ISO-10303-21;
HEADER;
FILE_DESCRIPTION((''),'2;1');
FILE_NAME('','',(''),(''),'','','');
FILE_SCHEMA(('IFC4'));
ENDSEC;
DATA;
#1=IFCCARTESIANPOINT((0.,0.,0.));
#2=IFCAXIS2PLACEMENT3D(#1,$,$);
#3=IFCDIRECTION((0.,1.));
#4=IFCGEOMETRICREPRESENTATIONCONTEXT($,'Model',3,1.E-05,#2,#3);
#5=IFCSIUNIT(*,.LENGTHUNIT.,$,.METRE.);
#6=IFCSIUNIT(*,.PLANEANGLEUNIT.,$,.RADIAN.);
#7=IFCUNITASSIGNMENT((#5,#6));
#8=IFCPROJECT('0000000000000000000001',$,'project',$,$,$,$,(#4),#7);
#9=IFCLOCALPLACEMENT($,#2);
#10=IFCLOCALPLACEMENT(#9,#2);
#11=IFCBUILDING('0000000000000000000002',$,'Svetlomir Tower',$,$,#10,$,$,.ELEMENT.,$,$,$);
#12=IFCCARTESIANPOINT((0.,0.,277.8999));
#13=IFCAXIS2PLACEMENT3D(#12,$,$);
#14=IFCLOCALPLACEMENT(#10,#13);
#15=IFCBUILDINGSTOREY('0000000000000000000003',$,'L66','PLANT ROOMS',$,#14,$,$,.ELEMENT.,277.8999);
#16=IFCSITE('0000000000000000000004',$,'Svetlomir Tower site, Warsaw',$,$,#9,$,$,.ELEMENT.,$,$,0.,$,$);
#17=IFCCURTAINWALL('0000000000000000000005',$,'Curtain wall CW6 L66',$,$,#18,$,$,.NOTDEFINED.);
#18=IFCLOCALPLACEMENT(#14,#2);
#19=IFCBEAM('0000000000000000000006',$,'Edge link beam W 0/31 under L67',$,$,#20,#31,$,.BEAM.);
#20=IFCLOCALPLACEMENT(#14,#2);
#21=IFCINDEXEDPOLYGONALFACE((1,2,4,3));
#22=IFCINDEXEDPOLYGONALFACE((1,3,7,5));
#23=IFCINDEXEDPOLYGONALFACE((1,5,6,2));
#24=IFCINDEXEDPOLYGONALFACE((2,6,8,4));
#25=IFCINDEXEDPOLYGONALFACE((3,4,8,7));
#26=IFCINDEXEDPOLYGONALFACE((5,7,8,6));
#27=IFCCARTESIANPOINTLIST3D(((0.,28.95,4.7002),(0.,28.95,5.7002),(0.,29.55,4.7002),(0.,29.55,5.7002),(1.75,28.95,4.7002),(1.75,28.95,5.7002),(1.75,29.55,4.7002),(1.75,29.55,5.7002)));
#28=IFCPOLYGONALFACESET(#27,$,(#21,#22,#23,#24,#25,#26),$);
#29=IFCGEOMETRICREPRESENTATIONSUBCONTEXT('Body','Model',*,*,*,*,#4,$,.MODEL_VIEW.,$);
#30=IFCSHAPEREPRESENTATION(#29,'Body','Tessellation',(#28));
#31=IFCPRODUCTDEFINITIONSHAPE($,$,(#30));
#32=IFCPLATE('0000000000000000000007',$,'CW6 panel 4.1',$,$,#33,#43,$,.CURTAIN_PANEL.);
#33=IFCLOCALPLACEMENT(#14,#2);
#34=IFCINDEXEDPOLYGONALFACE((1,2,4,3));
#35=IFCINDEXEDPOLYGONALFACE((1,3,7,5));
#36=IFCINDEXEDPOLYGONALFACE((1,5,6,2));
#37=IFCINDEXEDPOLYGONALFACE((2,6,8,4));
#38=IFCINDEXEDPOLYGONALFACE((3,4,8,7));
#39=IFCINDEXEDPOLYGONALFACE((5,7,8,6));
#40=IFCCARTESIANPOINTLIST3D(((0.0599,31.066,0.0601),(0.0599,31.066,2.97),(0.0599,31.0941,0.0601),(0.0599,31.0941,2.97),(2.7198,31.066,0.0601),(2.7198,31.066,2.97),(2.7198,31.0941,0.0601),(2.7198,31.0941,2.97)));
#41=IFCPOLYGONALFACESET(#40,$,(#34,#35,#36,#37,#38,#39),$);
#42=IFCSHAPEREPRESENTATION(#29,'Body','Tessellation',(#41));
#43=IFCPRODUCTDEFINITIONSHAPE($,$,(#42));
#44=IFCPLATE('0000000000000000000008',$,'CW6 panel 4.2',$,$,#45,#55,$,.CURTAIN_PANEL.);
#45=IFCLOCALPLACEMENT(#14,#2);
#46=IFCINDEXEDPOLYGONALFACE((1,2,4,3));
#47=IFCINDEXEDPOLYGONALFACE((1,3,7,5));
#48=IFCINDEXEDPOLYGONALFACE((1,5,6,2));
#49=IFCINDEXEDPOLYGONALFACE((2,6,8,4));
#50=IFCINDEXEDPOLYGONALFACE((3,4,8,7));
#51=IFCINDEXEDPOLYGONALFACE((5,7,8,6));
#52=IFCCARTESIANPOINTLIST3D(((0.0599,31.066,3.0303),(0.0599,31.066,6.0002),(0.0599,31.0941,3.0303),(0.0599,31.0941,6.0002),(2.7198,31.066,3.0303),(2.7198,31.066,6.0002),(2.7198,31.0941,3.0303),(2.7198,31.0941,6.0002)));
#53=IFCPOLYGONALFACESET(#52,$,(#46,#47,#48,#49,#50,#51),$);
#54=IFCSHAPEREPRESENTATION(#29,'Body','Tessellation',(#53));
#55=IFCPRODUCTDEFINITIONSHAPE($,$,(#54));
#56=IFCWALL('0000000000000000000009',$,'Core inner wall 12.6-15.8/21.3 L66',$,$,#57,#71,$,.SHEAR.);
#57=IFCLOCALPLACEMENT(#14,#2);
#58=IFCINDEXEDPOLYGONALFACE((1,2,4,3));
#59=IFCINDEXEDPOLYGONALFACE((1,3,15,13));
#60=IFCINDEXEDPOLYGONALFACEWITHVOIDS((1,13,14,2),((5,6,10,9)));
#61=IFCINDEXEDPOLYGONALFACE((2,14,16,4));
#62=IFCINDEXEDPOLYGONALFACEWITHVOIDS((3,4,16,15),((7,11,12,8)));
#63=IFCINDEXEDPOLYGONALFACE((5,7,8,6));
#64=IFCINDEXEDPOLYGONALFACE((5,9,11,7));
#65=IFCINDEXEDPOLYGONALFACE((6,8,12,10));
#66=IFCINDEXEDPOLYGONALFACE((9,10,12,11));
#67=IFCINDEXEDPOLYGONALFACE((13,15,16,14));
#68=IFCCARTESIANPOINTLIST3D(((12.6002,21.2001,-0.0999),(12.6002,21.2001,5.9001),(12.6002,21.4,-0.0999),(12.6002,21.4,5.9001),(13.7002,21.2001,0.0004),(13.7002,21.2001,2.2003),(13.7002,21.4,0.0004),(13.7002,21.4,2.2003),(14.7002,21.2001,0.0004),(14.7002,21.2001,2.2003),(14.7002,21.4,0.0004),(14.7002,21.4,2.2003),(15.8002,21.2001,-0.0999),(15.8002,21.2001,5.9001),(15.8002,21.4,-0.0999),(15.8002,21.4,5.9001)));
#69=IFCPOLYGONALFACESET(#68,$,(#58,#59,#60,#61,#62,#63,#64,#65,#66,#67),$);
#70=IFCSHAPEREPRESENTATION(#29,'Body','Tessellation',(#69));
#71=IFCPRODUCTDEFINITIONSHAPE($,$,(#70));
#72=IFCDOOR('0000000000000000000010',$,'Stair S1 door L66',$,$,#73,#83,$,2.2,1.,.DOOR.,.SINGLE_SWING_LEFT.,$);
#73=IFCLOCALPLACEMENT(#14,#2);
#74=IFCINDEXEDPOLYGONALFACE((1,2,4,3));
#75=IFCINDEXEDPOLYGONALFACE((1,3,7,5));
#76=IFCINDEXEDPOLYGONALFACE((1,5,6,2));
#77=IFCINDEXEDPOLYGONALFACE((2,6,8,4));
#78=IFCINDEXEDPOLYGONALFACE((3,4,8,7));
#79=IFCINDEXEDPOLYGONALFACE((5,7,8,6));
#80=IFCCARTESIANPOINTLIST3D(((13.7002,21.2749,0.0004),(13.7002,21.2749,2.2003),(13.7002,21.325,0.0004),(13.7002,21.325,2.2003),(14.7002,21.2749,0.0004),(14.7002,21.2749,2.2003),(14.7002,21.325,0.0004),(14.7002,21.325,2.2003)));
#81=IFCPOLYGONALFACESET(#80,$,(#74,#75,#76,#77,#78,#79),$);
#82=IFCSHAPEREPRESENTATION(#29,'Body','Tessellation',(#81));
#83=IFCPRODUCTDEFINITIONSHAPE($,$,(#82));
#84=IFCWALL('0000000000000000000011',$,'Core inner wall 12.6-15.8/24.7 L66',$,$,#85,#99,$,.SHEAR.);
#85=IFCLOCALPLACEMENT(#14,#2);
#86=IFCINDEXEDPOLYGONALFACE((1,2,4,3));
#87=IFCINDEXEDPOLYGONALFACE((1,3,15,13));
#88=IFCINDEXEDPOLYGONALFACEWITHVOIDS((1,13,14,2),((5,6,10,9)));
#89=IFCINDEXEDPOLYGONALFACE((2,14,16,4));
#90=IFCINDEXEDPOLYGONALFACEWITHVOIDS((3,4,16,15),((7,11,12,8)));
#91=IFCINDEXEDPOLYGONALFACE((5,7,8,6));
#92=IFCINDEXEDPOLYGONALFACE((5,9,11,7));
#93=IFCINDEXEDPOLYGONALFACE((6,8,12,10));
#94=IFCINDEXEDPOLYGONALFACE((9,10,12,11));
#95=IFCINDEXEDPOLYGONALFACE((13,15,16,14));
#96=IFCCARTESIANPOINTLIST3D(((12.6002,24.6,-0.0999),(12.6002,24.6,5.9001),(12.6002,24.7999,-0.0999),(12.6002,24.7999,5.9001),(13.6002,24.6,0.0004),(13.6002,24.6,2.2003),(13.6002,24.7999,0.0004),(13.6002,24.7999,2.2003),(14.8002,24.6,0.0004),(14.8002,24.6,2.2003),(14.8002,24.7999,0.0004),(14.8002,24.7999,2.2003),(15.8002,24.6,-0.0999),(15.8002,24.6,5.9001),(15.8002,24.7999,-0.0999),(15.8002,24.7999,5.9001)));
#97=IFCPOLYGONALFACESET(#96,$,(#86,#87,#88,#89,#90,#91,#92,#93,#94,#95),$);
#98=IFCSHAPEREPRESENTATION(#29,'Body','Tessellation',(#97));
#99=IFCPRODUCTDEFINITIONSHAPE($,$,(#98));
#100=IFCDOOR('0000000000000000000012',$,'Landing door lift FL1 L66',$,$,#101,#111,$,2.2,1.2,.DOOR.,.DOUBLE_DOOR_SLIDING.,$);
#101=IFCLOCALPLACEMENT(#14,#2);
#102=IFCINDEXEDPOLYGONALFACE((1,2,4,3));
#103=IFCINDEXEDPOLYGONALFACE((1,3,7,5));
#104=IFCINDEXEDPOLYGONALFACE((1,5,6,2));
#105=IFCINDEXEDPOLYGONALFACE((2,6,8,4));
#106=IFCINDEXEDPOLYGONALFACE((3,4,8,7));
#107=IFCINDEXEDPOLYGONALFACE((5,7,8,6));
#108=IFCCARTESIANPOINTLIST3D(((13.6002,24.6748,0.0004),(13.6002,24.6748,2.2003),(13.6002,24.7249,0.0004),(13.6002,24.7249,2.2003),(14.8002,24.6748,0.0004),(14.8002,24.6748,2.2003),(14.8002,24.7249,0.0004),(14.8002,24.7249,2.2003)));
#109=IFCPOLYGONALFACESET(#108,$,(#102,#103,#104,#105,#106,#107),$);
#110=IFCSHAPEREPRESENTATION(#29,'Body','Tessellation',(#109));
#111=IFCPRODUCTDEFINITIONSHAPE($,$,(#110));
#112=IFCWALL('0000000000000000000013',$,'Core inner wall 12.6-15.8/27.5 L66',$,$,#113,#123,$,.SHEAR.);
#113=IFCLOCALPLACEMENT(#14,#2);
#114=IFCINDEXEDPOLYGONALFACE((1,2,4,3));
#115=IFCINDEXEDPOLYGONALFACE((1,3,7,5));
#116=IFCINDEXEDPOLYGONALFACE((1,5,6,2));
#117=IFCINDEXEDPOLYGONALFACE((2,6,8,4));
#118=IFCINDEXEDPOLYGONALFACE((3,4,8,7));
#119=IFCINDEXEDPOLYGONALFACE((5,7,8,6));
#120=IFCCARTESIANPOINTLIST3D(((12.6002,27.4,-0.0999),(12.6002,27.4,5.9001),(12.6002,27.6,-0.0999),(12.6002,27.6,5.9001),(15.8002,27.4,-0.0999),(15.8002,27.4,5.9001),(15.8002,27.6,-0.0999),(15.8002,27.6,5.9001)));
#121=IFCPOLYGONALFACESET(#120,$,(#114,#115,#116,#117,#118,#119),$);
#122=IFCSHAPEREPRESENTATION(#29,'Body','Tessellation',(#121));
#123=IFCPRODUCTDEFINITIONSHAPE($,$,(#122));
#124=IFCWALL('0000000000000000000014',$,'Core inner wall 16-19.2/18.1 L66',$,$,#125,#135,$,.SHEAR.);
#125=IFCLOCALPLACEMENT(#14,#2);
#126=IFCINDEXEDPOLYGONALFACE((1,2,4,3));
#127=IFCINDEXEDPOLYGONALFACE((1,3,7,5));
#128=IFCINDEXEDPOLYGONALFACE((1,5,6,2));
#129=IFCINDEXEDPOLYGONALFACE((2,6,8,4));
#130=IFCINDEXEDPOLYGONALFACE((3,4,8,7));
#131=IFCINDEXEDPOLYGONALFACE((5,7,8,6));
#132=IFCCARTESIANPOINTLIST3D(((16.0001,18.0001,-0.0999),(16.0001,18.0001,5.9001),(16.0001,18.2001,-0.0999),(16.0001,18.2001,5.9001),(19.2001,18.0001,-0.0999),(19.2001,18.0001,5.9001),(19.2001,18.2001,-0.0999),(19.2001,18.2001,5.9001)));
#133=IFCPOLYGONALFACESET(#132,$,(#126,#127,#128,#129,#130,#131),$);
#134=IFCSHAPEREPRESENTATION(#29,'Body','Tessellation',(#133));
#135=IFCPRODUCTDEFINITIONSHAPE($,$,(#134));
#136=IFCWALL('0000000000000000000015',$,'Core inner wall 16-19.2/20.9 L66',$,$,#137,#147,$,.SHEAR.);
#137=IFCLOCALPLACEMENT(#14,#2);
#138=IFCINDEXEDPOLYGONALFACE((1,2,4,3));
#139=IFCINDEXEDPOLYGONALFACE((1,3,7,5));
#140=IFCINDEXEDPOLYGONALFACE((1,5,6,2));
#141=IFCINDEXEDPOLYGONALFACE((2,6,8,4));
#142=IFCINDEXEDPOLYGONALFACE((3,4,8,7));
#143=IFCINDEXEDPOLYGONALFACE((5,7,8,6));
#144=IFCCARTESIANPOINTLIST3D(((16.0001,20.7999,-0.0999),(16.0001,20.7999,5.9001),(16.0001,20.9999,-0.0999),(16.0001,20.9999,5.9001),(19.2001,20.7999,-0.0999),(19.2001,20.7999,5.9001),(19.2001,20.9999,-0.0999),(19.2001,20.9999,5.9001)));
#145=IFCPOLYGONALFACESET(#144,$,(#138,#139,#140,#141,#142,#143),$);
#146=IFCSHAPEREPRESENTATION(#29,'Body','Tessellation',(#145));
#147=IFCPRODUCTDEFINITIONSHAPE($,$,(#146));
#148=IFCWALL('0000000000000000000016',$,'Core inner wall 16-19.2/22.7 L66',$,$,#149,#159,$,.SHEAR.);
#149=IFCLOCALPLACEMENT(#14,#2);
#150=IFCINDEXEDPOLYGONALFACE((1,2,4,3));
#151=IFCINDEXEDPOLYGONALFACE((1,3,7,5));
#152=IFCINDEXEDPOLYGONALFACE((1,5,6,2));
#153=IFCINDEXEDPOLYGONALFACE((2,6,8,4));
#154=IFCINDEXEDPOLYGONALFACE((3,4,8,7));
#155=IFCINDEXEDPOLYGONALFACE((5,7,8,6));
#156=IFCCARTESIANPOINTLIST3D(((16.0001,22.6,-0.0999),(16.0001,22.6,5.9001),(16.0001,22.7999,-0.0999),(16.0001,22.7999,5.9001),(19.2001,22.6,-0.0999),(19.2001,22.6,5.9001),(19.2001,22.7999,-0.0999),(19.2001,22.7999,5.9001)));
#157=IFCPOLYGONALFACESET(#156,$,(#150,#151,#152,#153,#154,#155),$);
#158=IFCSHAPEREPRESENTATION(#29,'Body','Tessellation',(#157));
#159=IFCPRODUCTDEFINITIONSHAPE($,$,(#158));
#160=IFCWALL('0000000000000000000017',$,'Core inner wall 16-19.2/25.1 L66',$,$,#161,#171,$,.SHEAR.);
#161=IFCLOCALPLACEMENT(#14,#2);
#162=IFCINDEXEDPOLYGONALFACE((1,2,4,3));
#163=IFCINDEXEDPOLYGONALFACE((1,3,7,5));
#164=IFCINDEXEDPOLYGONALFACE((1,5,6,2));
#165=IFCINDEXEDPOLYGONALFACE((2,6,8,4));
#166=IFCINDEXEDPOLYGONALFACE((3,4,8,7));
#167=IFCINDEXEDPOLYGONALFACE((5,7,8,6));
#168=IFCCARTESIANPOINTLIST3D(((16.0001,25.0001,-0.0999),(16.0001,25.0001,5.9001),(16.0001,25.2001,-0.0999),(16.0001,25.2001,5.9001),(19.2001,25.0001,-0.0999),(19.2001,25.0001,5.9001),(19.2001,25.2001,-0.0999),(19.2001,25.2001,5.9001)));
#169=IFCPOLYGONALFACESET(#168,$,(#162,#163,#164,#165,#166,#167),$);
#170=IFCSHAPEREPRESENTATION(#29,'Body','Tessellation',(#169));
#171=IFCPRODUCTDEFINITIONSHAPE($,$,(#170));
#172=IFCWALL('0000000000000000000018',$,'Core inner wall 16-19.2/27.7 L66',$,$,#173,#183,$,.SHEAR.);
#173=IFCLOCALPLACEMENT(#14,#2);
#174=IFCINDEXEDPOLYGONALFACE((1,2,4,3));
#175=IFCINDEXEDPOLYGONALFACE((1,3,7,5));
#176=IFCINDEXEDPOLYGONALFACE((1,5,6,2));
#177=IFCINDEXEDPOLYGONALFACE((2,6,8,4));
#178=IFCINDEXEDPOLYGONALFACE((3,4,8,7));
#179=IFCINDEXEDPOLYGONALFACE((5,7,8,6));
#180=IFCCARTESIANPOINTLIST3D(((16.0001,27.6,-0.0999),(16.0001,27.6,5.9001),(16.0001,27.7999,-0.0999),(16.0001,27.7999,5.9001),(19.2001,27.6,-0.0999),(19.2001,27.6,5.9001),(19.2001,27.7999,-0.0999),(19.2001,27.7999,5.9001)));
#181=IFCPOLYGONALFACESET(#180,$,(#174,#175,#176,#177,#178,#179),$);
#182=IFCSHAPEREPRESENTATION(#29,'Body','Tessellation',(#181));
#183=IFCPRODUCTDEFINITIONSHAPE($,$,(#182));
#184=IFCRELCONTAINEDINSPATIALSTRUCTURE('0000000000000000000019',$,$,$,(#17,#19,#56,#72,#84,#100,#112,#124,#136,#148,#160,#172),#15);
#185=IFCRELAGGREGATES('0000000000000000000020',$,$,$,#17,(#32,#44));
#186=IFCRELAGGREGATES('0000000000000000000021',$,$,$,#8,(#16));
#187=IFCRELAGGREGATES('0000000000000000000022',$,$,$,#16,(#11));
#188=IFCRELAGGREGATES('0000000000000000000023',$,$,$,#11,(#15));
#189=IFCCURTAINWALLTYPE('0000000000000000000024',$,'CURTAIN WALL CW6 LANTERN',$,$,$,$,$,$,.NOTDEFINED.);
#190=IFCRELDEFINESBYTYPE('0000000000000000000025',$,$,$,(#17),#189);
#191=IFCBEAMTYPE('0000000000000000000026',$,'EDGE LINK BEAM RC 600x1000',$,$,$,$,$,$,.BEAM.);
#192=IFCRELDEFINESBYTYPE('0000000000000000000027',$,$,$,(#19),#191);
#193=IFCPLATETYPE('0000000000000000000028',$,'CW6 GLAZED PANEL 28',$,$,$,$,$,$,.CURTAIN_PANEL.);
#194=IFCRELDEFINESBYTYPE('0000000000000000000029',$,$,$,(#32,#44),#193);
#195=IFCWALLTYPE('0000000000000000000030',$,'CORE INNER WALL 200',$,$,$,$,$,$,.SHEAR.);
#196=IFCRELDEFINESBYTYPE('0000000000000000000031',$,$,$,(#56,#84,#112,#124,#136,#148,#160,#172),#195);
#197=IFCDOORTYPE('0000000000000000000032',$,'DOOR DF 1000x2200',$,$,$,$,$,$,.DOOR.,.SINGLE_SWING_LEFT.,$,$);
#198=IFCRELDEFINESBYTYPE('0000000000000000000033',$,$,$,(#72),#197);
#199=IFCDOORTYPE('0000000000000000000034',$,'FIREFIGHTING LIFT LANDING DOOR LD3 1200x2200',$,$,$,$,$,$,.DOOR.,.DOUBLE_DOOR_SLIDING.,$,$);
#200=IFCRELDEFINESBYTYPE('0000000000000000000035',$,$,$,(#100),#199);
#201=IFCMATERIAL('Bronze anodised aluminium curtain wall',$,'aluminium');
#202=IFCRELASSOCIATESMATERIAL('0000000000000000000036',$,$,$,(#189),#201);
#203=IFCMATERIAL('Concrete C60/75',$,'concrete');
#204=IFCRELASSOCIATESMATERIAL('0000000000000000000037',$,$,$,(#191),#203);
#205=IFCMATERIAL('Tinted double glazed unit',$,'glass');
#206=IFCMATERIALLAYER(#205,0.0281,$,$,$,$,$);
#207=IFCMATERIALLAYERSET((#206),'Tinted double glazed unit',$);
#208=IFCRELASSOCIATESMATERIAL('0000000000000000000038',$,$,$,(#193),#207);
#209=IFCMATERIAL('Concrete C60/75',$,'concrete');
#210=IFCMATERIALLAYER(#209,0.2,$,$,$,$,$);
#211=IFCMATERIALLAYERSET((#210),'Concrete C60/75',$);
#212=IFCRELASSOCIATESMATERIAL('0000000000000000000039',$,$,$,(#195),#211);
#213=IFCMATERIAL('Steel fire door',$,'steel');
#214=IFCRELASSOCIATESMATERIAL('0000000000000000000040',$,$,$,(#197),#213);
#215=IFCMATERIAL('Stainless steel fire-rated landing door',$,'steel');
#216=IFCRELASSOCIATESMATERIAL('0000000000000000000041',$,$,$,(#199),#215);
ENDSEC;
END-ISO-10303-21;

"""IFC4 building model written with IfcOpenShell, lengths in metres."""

from ifc_helpers import new_model, si_unit, direction, frame, frame_2d, origin, origin_2d, place, context, subcontext, project, spatial, rectangle, extrude, material, layer, layer_set, material_profile, profile_set, type_object, element, fill, aggregate, save


model = new_model("IFC4")

# Units and contexts
model_context = context("Model", 3, precision=1e-05, world=origin(), true_north=direction((0.0, 1.0)))
body_context = subcontext(model_context, "Body", "Model", "MODEL_VIEW")
ifc_project = project(units=[si_unit("LENGTHUNIT", "METRE"), si_unit("PLANEANGLEUNIT", "RADIAN")], contexts=[model_context])

# Site, building, storey
site_placement = place(None, origin())
site = spatial("IfcSite", under=ifc_project, at=site_placement, Name="Svetlomir Tower site, Warsaw", CompositionType="ELEMENT", RefElevation=0.0)
building_placement = place(site_placement, origin())
building = spatial("IfcBuilding", under=site, at=building_placement, Name="Svetlomir Tower", CompositionType="ELEMENT")
storey_placement = place(building_placement, frame((0.0, 0.0, 277.8999)))
storey = spatial("IfcBuildingStorey", under=building, at=storey_placement, Name="L66", Description="PLANT ROOMS", CompositionType="ELEMENT", Elevation=277.8999)

# Curtain wall
ifc_material_1 = material(Name="Bronze anodised aluminium curtain wall", Category="aluminium")
curtain_wall_type = type_object("IfcCurtainWallType", Name="CURTAIN WALL CW6 LANTERN", PredefinedType="NOTDEFINED", material=ifc_material_1)
curtain_wall_1_placement = place(storey_placement, origin())
curtain_wall_1 = element("IfcCurtainWall", 1, at=curtain_wall_1_placement, inside=storey, type_object=curtain_wall_type, Name="Curtain wall CW6 L66", PredefinedType="NOTDEFINED")

# Beam
ifc_material_2 = material(Name="Concrete C60/75", Category="concrete")
ifc_material_profile_1 = material_profile(ifc_material_2, rectangle(XDim=0.6001, YDim=1.0, at=origin_2d()), Name="RC 600x1000")
ifc_profile_set_1 = profile_set([ifc_material_profile_1], Name="Concrete C60/75")
beam_type_1 = type_object("IfcBeamType", Name="EDGE LINK BEAM RC 600x1000", PredefinedType="BEAM", material=ifc_profile_set_1)
beam_1_placement = place(storey_placement, frame((1.75, 29.25, 5.2002), z_axis=(-1.0, 0.0, 0.0), x_axis=(0.0, -1.0, 0.0)))
element("IfcBeam", 2, at=beam_1_placement, inside=storey, type_object=beam_type_1, Name="Edge link beam W 0/31 under L67", PredefinedType="BEAM", context=body_context, shape_type="SweptSolid", body=[
    extrude(rectangle(XDim=0.6001, YDim=1.0, at=origin_2d()), origin(), (0.0, 0.0, 1.0), 1.75),
])

# Plates
ifc_material_3 = material(Name="Tinted double glazed unit", Category="glass")
ifc_layer_1 = layer(ifc_material_3, 0.0281)
ifc_layer_set_1 = layer_set([ifc_layer_1], Name="Tinted double glazed unit")
plate_type = type_object("IfcPlateType", Name="CW6 GLAZED PANEL 28", PredefinedType="CURTAIN_PANEL", material=ifc_layer_set_1)
plate_1_placement = place(storey_placement, frame((1.3899, 31.0801, 0.0601), z_axis=(0.0, 0.0, 1.0), x_axis=(-1.0, 0.0, 0.0)))
plate_1 = element("IfcPlate", 3, at=plate_1_placement, type_object=plate_type, Name="CW6 panel 4.1", PredefinedType="CURTAIN_PANEL", context=body_context, shape_type="SweptSolid", body=[
    extrude(rectangle(XDim=2.6599, YDim=0.0281, at=origin_2d()), origin(), (0.0, 0.0, 1.0), 2.9099),
])
plate_2_placement = place(storey_placement, frame((1.3899, 31.0801, 3.0303), z_axis=(0.0, 0.0, 1.0), x_axis=(-1.0, 0.0, 0.0)))
plate_2 = element("IfcPlate", 4, at=plate_2_placement, type_object=plate_type, Name="CW6 panel 4.2", PredefinedType="CURTAIN_PANEL", context=body_context, shape_type="SweptSolid", body=[
    extrude(rectangle(XDim=2.6599, YDim=0.0281, at=origin_2d()), origin(), (0.0, 0.0, 1.0), 2.97),
])
aggregate(curtain_wall_1, [plate_1, plate_2])

# Walls, openings, doors
ifc_material_4 = material(Name="Concrete C60/75", Category="concrete")
ifc_layer_2 = layer(ifc_material_4, 0.2)
ifc_layer_set_2 = layer_set([ifc_layer_2], Name="Concrete C60/75")
wall_type_1 = type_object("IfcWallType", Name="CORE INNER WALL 200", PredefinedType="SHEAR", material=ifc_layer_set_2)
wall_1_placement = place(storey_placement, frame((12.6001, 21.3, -0.0999), z_axis=(0.0, 0.0, 1.0), x_axis=(1.0, 0.0, 0.0)))
wall_1 = element("IfcWall", 5, at=wall_1_placement, inside=storey, type_object=wall_type_1, Name="Core inner wall 12.6-15.8/21.3 L66", PredefinedType="SHEAR", context=body_context, shape_type="SweptSolid", body=[
    extrude(rectangle(XDim=3.2, YDim=0.2, at=frame_2d((1.6001, 0.0))), origin(), (0.0, 0.0, 1.0), 6.0),
])
opening_1_placement = place(wall_1_placement, frame((1.1001, 0.0, 0.1001)))
opening_1 = element("IfcOpeningElement", 6, at=opening_1_placement, cuts=wall_1, PredefinedType="OPENING", context=body_context, shape_type="SweptSolid", body=[
    extrude(rectangle(XDim=1.0, YDim=2.2, at=frame_2d((0.5, 1.1001))), frame((0.0, 0.1099, 0.0), z_axis=(0.0, -1.0, 0.0), x_axis=(1.0, 0.0, 0.0)), (0.0, 0.0, 1.0), 0.22),
])
ifc_material_5 = material(Name="Steel fire door", Category="steel")
door_type_1 = type_object("IfcDoorType", Name="DOOR DF 1000x2200", OperationType="SINGLE_SWING_LEFT", PredefinedType="DOOR", material=ifc_material_5)
door_1_placement = place(opening_1_placement, origin())
door_1 = element("IfcDoor", 7, at=door_1_placement, inside=storey, type_object=door_type_1, Name="Stair S1 door L66", OperationType="SINGLE_SWING_LEFT", OverallHeight=2.2, OverallWidth=1.0, PredefinedType="DOOR", context=body_context, shape_type="SweptSolid", body=[
    extrude(rectangle(XDim=1.0, YDim=2.2, at=frame_2d((0.5, 1.1001))), frame((0.0, 0.0249, 0.0), z_axis=(0.0, -1.0, 0.0), x_axis=(1.0, 0.0, 0.0)), (0.0, 0.0, 1.0), 0.05),
])
fill(opening_1, door_1)
wall_2_placement = place(storey_placement, frame((12.6001, 24.7, -0.0999), z_axis=(0.0, 0.0, 1.0), x_axis=(1.0, 0.0, 0.0)))
wall_2 = element("IfcWall", 8, at=wall_2_placement, inside=storey, type_object=wall_type_1, Name="Core inner wall 12.6-15.8/24.7 L66", PredefinedType="SHEAR", context=body_context, shape_type="SweptSolid", body=[
    extrude(rectangle(XDim=3.2, YDim=0.2, at=frame_2d((1.6001, 0.0))), origin(), (0.0, 0.0, 1.0), 6.0),
])
opening_2_placement = place(wall_2_placement, frame((1.0, 0.0, 0.1001)))
opening_2 = element("IfcOpeningElement", 9, at=opening_2_placement, cuts=wall_2, PredefinedType="OPENING", context=body_context, shape_type="SweptSolid", body=[
    extrude(rectangle(XDim=1.2, YDim=2.2, at=frame_2d((0.6001, 1.1001))), frame((0.0, 0.1099, 0.0), z_axis=(0.0, -1.0, 0.0), x_axis=(1.0, 0.0, 0.0)), (0.0, 0.0, 1.0), 0.22),
])
ifc_material_6 = material(Name="Stainless steel fire-rated landing door", Category="steel")
door_type_2 = type_object("IfcDoorType", Name="FIREFIGHTING LIFT LANDING DOOR LD3 1200x2200", OperationType="DOUBLE_DOOR_SLIDING", PredefinedType="DOOR", material=ifc_material_6)
door_2_placement = place(opening_2_placement, origin())
door_2 = element("IfcDoor", 10, at=door_2_placement, inside=storey, type_object=door_type_2, Name="Landing door lift FL1 L66", OperationType="DOUBLE_DOOR_SLIDING", OverallHeight=2.2, OverallWidth=1.2, PredefinedType="DOOR", context=body_context, shape_type="SweptSolid", body=[
    extrude(rectangle(XDim=1.2, YDim=2.2, at=frame_2d((0.6001, 1.1001))), frame((0.0, 0.0249, 0.0), z_axis=(0.0, -1.0, 0.0), x_axis=(1.0, 0.0, 0.0)), (0.0, 0.0, 1.0), 0.05),
])
fill(opening_2, door_2)

# Walls
for number, where, z_axis, x_axis, name in (
    (11, (12.6001, 27.5, -0.0999), (0.0, 0.0, 1.0), (1.0, 0.0, 0.0), "Core inner wall 12.6-15.8/27.5 L66"),
    (12, (16.0, 18.1001, -0.0999), (0.0, 0.0, 1.0), (1.0, 0.0, 0.0), "Core inner wall 16-19.2/18.1 L66"),
    (13, (16.0, 20.8999, -0.0999), (0.0, 0.0, 1.0), (1.0, 0.0, 0.0), "Core inner wall 16-19.2/20.9 L66"),
    (14, (16.0, 22.7, -0.0999), (0.0, 0.0, 1.0), (1.0, 0.0, 0.0), "Core inner wall 16-19.2/22.7 L66"),
    (15, (16.0, 25.1001, -0.0999), (0.0, 0.0, 1.0), (1.0, 0.0, 0.0), "Core inner wall 16-19.2/25.1 L66"),
    (16, (16.0, 27.7, -0.0999), (0.0, 0.0, 1.0), (1.0, 0.0, 0.0), "Core inner wall 16-19.2/27.7 L66"),
):
    element("IfcWall", number, at=place(storey_placement, frame(where, z_axis=z_axis, x_axis=x_axis)), inside=storey, type_object=wall_type_1, Name=name, PredefinedType="SHEAR", context=body_context, shape_type="SweptSolid", body=[
        extrude(rectangle(XDim=3.2, YDim=0.2, at=frame_2d((1.6001, 0.0))), origin(), (0.0, 0.0, 1.0), 6.0),
    ])

save(model, "model.ifc")
